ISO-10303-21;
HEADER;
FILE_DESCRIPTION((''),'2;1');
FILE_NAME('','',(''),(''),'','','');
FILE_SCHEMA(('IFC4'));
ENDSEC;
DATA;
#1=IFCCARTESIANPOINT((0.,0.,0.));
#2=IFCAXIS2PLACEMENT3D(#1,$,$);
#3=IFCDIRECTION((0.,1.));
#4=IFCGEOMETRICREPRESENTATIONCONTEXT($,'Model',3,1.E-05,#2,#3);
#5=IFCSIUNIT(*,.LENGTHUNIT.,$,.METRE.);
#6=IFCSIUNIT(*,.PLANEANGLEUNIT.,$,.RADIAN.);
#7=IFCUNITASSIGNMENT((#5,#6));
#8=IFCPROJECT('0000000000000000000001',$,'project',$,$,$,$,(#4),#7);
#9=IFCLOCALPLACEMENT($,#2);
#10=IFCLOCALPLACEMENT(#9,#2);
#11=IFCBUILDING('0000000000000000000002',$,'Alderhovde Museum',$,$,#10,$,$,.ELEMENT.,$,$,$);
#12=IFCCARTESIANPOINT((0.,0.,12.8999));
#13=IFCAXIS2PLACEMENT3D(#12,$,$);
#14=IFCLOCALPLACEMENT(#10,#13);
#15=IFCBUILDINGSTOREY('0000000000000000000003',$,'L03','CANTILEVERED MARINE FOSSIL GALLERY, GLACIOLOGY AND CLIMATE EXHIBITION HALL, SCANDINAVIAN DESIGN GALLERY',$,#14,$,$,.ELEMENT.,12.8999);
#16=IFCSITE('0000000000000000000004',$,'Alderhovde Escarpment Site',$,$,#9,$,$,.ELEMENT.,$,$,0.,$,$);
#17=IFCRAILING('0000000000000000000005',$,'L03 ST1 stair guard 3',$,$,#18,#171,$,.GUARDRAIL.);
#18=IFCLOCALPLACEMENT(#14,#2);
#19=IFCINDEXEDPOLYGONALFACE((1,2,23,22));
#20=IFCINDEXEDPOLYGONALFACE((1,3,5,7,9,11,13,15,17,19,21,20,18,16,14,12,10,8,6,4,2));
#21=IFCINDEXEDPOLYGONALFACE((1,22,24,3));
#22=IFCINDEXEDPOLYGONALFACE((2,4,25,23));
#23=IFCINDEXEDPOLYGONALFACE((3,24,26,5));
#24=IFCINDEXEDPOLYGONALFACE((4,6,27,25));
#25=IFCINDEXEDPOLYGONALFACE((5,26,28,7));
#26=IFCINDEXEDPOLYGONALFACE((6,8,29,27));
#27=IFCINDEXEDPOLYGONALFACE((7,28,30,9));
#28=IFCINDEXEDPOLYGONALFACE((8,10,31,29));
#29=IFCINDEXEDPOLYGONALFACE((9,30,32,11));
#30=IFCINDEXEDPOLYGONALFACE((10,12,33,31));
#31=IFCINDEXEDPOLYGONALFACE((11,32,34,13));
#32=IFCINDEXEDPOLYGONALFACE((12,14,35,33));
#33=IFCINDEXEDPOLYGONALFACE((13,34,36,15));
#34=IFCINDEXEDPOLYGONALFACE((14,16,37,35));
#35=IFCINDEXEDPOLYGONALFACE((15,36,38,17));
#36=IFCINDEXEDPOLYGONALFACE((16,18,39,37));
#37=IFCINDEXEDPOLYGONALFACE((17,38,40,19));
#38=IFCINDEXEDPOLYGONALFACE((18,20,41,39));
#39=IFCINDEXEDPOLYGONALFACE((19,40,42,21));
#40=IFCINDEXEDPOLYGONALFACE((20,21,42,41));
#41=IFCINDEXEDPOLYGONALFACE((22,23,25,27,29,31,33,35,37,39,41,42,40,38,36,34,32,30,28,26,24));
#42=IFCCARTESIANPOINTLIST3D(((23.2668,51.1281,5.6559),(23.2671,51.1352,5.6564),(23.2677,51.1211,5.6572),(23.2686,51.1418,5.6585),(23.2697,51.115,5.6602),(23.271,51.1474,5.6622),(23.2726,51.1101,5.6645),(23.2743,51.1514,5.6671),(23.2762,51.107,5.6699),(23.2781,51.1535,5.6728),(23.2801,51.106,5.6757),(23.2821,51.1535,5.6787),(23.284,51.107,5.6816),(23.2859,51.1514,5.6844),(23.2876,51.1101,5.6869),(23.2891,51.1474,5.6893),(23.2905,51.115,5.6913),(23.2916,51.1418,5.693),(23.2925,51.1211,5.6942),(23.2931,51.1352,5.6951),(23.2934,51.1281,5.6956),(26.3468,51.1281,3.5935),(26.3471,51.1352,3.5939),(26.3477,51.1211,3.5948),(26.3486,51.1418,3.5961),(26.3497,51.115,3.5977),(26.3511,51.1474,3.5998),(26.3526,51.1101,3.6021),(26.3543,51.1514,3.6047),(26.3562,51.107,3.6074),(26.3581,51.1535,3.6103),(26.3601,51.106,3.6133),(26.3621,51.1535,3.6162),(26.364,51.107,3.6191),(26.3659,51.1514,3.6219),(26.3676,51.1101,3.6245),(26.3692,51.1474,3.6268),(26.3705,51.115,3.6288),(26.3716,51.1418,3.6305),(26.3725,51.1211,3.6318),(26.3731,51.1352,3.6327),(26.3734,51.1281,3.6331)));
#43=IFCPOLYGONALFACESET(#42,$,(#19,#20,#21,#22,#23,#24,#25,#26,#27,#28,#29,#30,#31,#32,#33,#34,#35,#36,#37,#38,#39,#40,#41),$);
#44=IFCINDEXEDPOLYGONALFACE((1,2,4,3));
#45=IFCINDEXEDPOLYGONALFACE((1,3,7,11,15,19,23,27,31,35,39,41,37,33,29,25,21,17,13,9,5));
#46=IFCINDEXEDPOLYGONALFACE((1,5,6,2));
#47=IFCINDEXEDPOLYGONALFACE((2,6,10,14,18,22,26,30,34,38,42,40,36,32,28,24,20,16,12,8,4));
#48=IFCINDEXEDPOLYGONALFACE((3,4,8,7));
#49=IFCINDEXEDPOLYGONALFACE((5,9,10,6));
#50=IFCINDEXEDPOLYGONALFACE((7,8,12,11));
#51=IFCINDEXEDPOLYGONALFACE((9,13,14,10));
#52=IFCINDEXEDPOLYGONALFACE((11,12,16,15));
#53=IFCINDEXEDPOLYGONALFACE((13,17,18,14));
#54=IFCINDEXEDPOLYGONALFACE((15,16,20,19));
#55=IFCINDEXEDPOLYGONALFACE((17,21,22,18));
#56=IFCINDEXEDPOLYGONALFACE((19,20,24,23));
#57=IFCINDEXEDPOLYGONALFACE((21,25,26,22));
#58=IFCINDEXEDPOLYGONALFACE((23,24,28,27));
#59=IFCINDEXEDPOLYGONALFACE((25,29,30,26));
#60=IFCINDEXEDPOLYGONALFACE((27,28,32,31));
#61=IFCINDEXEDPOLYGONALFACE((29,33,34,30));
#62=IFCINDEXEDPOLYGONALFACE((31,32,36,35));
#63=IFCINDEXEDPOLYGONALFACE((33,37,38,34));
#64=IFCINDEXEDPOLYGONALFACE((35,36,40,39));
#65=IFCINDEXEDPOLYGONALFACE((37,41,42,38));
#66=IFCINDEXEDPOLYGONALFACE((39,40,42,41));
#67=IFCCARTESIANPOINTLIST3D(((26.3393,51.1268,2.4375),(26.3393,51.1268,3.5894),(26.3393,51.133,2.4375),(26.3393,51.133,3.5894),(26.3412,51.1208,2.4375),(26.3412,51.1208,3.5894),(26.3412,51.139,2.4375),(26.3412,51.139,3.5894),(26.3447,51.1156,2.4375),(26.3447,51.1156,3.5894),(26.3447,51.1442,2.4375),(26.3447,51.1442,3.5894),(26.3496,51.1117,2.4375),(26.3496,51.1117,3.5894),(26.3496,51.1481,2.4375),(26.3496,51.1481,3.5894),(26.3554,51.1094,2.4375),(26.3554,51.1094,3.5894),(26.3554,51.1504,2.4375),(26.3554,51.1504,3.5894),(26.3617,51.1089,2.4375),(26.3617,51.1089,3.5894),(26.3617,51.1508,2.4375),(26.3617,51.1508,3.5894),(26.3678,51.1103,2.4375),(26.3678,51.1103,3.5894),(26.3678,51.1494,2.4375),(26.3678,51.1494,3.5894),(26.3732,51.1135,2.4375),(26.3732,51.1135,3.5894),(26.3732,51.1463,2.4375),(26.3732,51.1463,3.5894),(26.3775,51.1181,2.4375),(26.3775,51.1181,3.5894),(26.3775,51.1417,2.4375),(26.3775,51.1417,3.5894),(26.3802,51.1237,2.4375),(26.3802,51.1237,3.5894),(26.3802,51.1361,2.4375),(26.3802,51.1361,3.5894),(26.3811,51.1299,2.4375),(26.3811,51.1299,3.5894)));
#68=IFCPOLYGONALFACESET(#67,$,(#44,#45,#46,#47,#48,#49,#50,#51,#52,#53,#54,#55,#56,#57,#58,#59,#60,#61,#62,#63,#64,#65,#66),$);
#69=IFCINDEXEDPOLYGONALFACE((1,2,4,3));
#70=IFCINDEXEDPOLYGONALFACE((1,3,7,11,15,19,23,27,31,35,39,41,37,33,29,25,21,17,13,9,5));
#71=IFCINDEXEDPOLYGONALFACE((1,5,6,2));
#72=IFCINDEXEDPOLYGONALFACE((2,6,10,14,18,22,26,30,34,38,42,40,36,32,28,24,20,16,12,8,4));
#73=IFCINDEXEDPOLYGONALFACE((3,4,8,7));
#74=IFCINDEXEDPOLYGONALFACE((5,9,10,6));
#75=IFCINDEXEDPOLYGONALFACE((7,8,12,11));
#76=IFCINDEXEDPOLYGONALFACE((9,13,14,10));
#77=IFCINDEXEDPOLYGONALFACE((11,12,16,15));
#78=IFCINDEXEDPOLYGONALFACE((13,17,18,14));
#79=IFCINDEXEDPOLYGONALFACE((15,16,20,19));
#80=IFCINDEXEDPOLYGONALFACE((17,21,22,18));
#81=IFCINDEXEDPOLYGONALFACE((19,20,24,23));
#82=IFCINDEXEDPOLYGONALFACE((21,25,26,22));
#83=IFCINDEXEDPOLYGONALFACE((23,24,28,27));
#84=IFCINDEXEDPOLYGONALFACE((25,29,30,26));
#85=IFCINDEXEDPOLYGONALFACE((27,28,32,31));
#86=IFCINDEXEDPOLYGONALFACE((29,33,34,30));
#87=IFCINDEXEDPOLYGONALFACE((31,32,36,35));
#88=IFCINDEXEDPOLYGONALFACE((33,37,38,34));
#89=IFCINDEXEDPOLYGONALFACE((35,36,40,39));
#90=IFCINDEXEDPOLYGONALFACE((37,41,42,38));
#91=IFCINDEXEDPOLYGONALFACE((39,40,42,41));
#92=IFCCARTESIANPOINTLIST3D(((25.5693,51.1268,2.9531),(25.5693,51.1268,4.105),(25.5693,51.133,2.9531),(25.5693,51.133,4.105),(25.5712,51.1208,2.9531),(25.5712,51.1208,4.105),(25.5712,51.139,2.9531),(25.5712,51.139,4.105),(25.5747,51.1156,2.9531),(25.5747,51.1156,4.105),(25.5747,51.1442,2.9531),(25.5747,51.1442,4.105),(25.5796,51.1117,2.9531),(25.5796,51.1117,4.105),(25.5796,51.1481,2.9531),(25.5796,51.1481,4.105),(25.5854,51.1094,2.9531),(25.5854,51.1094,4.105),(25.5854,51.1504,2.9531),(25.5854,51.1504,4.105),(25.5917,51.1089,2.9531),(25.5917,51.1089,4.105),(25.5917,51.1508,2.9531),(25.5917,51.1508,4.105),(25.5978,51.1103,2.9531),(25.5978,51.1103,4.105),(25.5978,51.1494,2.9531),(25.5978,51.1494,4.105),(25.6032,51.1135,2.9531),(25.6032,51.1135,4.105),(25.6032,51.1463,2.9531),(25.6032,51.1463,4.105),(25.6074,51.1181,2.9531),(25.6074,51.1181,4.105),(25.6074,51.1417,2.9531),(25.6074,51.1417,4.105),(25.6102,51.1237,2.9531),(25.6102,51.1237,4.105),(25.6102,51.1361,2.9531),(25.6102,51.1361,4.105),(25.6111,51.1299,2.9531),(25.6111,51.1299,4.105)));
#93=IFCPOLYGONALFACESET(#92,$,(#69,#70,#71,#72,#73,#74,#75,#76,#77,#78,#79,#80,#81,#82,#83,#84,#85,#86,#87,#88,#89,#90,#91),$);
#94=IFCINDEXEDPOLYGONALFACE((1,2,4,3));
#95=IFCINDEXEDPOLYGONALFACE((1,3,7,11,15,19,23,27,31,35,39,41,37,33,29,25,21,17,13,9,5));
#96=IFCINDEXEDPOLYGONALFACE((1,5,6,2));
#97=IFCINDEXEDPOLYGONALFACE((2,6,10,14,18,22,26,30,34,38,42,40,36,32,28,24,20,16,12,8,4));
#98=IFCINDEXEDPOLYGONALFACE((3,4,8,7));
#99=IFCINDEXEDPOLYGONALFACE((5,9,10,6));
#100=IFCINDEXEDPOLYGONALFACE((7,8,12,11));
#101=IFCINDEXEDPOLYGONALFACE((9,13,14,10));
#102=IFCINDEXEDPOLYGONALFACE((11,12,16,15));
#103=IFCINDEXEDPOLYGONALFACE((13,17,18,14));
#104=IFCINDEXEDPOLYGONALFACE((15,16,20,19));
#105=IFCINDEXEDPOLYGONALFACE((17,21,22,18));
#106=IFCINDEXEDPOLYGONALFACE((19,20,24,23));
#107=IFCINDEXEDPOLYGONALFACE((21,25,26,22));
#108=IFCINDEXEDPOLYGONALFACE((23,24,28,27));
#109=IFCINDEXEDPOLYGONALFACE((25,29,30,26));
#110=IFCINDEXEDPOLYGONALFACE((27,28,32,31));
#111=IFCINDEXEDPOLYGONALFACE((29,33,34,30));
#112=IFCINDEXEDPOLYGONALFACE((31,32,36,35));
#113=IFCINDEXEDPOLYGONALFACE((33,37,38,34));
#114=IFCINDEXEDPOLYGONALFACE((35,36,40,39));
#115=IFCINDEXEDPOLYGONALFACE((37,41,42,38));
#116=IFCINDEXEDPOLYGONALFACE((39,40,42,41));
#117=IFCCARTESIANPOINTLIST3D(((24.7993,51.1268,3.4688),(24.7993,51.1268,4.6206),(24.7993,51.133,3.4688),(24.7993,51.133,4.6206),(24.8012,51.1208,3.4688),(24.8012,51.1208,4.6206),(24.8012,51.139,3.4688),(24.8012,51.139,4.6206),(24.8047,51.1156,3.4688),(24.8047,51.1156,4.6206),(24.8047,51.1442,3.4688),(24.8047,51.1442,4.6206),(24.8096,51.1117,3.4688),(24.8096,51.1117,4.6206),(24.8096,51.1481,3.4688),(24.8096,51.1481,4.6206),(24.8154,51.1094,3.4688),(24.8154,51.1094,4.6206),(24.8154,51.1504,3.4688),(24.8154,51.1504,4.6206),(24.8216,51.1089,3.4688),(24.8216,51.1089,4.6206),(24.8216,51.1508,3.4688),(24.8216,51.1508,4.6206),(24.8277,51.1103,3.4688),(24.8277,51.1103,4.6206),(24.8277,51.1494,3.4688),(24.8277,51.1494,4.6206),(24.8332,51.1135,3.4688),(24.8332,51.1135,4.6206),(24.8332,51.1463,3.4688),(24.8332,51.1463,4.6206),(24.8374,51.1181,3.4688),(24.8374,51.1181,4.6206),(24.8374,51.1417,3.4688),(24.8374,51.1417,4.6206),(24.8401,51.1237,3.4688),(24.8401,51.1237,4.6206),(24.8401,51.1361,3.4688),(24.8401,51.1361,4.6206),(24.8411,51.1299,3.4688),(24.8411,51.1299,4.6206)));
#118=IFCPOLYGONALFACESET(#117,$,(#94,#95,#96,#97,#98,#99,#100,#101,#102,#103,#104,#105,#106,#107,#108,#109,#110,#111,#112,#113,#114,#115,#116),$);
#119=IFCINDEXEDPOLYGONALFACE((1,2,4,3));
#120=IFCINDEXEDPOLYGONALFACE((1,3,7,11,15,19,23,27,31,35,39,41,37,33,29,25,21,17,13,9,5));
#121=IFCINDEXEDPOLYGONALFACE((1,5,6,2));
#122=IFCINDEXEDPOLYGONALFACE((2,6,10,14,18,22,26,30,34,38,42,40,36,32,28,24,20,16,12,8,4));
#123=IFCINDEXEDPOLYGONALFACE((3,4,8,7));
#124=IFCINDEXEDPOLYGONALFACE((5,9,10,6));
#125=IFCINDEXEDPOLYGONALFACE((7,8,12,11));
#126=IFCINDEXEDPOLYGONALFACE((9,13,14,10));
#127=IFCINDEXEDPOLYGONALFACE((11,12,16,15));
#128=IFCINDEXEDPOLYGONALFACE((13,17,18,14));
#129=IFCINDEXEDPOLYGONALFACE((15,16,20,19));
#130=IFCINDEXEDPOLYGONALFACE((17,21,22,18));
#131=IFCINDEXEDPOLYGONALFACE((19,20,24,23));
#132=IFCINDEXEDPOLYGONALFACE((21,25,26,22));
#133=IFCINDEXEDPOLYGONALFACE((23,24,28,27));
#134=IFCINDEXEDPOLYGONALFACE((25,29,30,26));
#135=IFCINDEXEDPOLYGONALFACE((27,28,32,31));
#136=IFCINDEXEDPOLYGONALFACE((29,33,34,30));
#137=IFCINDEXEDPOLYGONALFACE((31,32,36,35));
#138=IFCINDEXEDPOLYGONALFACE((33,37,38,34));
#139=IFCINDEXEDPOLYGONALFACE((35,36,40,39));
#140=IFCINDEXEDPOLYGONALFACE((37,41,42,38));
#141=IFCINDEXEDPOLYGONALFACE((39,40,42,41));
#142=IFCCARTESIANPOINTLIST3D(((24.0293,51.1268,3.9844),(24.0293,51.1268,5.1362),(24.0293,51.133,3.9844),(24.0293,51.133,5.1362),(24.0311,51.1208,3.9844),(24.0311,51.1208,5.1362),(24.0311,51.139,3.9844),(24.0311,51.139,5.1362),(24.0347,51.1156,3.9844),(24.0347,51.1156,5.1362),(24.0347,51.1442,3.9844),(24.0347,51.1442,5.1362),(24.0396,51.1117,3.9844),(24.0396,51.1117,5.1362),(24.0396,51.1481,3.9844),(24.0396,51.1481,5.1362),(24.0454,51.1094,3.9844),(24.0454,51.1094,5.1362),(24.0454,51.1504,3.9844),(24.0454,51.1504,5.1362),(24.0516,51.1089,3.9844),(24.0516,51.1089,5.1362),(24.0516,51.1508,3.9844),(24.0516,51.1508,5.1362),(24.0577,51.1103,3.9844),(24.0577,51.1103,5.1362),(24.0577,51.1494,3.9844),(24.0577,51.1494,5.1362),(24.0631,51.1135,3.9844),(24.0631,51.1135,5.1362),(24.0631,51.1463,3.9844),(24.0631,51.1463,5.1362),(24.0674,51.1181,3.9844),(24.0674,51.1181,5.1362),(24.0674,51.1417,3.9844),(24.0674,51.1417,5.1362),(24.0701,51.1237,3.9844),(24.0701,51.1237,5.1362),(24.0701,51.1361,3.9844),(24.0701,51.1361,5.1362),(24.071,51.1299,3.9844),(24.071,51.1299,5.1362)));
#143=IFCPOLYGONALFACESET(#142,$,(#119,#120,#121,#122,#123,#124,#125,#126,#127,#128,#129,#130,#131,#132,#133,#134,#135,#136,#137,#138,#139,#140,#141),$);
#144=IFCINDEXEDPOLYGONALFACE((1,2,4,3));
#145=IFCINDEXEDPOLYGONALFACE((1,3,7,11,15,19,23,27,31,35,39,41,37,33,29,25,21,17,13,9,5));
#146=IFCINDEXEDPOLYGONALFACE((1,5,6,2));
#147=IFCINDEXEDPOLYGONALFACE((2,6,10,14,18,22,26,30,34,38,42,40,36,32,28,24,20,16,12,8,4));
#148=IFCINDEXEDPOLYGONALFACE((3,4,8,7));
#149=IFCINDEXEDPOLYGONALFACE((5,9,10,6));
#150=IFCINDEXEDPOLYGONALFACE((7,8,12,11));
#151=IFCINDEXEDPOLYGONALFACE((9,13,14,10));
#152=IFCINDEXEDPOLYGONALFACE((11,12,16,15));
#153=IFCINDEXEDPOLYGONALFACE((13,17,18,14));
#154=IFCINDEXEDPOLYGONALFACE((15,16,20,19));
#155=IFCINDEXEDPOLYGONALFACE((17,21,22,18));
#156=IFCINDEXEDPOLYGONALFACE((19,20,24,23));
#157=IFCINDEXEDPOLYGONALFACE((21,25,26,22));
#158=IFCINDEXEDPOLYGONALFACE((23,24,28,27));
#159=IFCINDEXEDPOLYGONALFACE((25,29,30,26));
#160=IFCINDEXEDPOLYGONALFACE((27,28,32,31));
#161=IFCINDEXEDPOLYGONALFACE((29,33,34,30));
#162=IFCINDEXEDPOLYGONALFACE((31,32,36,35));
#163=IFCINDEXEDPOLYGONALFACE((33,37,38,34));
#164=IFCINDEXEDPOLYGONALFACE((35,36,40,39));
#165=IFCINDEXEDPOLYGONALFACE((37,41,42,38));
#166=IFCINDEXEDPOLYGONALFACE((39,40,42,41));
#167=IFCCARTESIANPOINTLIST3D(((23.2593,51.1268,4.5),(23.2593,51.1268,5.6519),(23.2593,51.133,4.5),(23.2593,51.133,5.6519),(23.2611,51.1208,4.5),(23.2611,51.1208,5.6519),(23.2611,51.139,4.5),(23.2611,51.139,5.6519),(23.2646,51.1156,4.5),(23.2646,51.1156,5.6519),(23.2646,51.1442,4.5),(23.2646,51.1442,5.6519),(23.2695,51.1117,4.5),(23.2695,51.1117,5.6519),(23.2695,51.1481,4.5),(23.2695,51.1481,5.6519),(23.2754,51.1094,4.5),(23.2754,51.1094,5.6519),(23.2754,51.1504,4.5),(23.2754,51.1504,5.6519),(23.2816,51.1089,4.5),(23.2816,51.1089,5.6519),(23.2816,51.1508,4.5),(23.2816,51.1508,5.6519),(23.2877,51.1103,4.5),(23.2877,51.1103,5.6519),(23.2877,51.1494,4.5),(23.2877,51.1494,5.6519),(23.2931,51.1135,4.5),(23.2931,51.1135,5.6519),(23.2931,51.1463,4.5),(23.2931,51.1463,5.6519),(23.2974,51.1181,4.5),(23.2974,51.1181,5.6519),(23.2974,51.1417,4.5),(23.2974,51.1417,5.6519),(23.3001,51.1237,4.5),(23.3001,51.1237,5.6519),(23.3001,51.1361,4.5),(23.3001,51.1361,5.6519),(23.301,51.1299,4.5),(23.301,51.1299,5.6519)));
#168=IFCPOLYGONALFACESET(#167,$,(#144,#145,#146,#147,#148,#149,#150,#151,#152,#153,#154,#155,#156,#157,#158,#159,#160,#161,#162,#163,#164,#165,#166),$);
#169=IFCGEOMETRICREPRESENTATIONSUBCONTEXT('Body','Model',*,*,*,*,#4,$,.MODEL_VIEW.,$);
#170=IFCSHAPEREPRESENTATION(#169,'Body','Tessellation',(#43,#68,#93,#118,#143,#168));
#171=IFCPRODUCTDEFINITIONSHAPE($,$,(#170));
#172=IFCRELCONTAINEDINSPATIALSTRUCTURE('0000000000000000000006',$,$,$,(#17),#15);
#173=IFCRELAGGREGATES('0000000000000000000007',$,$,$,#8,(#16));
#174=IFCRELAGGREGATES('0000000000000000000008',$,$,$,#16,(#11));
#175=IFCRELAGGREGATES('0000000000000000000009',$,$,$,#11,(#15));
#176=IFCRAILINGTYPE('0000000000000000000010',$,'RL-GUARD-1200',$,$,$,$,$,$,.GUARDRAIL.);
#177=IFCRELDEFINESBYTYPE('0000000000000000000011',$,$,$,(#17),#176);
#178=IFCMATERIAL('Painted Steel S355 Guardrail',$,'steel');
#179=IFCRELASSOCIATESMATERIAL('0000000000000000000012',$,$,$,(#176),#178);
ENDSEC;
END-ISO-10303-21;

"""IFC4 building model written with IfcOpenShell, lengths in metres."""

from ifc_helpers import new_model, si_unit, direction, frame, origin, origin_2d, place, context, subcontext, project, spatial, circle, extrude, material, type_object, element, save


model = new_model("IFC4")

# Units and contexts
model_context = context("Model", 3, precision=1e-05, world=origin(), true_north=direction((0.0, 1.0)))
body_context = subcontext(model_context, "Body", "Model", "MODEL_VIEW")
ifc_project = project(units=[si_unit("LENGTHUNIT", "METRE"), si_unit("PLANEANGLEUNIT", "RADIAN")], contexts=[model_context])

# Site, building, storey
site_placement = place(None, origin())
site = spatial("IfcSite", under=ifc_project, at=site_placement, Name="Alderhovde Escarpment Site", CompositionType="ELEMENT", RefElevation=0.0)
building_placement = place(site_placement, origin())
building = spatial("IfcBuilding", under=site, at=building_placement, Name="Alderhovde Museum", CompositionType="ELEMENT")
storey_placement = place(building_placement, frame((0.0, 0.0, 12.8999)))
storey = spatial("IfcBuildingStorey", under=building, at=storey_placement, Name="L03", Description="CANTILEVERED MARINE FOSSIL GALLERY, GLACIOLOGY AND CLIMATE EXHIBITION HALL, SCANDINAVIAN DESIGN GALLERY", CompositionType="ELEMENT", Elevation=12.8999)

# Railing
ifc_material_1 = material(Name="Painted Steel S355 Guardrail", Category="steel")
railing_type_1 = type_object("IfcRailingType", Name="RL-GUARD-1200", PredefinedType="GUARDRAIL", material=ifc_material_1)
railing_1_placement = place(storey_placement, frame((26.3601, 51.1299, 2.4375)))
element("IfcRailing", 1, at=railing_1_placement, inside=storey, type_object=railing_type_1, Name="L03 ST1 stair guard 3", PredefinedType="GUARDRAIL", context=body_context, shape_type="SweptSolid", body=[
    extrude(circle(Radius=0.0239, at=origin_2d()), frame((0.0, 0.0, 1.1758), z_axis=(-0.830914, 0.0, 0.556401), x_axis=(0.0, -1.0, 0.0)), (0.0, 0.0, 1.0), 3.7068),
    extrude(circle(Radius=0.021, at=origin_2d()), origin(), (0.0, 0.0, 1.0), 1.1519),
    extrude(circle(Radius=0.021, at=origin_2d()), frame((-0.77, 0.0, 0.5156)), (0.0, 0.0, 1.0), 1.1519),
    extrude(circle(Radius=0.021, at=origin_2d()), frame((-1.54, 0.0, 1.0312)), (0.0, 0.0, 1.0), 1.1519),
    extrude(circle(Radius=0.021, at=origin_2d()), frame((-2.3101, 0.0, 1.5469)), (0.0, 0.0, 1.0), 1.1519),
    extrude(circle(Radius=0.021, at=origin_2d()), frame((-3.0801, 0.0, 2.0625)), (0.0, 0.0, 1.0), 1.1519),
])

save(model, "model.ifc")
